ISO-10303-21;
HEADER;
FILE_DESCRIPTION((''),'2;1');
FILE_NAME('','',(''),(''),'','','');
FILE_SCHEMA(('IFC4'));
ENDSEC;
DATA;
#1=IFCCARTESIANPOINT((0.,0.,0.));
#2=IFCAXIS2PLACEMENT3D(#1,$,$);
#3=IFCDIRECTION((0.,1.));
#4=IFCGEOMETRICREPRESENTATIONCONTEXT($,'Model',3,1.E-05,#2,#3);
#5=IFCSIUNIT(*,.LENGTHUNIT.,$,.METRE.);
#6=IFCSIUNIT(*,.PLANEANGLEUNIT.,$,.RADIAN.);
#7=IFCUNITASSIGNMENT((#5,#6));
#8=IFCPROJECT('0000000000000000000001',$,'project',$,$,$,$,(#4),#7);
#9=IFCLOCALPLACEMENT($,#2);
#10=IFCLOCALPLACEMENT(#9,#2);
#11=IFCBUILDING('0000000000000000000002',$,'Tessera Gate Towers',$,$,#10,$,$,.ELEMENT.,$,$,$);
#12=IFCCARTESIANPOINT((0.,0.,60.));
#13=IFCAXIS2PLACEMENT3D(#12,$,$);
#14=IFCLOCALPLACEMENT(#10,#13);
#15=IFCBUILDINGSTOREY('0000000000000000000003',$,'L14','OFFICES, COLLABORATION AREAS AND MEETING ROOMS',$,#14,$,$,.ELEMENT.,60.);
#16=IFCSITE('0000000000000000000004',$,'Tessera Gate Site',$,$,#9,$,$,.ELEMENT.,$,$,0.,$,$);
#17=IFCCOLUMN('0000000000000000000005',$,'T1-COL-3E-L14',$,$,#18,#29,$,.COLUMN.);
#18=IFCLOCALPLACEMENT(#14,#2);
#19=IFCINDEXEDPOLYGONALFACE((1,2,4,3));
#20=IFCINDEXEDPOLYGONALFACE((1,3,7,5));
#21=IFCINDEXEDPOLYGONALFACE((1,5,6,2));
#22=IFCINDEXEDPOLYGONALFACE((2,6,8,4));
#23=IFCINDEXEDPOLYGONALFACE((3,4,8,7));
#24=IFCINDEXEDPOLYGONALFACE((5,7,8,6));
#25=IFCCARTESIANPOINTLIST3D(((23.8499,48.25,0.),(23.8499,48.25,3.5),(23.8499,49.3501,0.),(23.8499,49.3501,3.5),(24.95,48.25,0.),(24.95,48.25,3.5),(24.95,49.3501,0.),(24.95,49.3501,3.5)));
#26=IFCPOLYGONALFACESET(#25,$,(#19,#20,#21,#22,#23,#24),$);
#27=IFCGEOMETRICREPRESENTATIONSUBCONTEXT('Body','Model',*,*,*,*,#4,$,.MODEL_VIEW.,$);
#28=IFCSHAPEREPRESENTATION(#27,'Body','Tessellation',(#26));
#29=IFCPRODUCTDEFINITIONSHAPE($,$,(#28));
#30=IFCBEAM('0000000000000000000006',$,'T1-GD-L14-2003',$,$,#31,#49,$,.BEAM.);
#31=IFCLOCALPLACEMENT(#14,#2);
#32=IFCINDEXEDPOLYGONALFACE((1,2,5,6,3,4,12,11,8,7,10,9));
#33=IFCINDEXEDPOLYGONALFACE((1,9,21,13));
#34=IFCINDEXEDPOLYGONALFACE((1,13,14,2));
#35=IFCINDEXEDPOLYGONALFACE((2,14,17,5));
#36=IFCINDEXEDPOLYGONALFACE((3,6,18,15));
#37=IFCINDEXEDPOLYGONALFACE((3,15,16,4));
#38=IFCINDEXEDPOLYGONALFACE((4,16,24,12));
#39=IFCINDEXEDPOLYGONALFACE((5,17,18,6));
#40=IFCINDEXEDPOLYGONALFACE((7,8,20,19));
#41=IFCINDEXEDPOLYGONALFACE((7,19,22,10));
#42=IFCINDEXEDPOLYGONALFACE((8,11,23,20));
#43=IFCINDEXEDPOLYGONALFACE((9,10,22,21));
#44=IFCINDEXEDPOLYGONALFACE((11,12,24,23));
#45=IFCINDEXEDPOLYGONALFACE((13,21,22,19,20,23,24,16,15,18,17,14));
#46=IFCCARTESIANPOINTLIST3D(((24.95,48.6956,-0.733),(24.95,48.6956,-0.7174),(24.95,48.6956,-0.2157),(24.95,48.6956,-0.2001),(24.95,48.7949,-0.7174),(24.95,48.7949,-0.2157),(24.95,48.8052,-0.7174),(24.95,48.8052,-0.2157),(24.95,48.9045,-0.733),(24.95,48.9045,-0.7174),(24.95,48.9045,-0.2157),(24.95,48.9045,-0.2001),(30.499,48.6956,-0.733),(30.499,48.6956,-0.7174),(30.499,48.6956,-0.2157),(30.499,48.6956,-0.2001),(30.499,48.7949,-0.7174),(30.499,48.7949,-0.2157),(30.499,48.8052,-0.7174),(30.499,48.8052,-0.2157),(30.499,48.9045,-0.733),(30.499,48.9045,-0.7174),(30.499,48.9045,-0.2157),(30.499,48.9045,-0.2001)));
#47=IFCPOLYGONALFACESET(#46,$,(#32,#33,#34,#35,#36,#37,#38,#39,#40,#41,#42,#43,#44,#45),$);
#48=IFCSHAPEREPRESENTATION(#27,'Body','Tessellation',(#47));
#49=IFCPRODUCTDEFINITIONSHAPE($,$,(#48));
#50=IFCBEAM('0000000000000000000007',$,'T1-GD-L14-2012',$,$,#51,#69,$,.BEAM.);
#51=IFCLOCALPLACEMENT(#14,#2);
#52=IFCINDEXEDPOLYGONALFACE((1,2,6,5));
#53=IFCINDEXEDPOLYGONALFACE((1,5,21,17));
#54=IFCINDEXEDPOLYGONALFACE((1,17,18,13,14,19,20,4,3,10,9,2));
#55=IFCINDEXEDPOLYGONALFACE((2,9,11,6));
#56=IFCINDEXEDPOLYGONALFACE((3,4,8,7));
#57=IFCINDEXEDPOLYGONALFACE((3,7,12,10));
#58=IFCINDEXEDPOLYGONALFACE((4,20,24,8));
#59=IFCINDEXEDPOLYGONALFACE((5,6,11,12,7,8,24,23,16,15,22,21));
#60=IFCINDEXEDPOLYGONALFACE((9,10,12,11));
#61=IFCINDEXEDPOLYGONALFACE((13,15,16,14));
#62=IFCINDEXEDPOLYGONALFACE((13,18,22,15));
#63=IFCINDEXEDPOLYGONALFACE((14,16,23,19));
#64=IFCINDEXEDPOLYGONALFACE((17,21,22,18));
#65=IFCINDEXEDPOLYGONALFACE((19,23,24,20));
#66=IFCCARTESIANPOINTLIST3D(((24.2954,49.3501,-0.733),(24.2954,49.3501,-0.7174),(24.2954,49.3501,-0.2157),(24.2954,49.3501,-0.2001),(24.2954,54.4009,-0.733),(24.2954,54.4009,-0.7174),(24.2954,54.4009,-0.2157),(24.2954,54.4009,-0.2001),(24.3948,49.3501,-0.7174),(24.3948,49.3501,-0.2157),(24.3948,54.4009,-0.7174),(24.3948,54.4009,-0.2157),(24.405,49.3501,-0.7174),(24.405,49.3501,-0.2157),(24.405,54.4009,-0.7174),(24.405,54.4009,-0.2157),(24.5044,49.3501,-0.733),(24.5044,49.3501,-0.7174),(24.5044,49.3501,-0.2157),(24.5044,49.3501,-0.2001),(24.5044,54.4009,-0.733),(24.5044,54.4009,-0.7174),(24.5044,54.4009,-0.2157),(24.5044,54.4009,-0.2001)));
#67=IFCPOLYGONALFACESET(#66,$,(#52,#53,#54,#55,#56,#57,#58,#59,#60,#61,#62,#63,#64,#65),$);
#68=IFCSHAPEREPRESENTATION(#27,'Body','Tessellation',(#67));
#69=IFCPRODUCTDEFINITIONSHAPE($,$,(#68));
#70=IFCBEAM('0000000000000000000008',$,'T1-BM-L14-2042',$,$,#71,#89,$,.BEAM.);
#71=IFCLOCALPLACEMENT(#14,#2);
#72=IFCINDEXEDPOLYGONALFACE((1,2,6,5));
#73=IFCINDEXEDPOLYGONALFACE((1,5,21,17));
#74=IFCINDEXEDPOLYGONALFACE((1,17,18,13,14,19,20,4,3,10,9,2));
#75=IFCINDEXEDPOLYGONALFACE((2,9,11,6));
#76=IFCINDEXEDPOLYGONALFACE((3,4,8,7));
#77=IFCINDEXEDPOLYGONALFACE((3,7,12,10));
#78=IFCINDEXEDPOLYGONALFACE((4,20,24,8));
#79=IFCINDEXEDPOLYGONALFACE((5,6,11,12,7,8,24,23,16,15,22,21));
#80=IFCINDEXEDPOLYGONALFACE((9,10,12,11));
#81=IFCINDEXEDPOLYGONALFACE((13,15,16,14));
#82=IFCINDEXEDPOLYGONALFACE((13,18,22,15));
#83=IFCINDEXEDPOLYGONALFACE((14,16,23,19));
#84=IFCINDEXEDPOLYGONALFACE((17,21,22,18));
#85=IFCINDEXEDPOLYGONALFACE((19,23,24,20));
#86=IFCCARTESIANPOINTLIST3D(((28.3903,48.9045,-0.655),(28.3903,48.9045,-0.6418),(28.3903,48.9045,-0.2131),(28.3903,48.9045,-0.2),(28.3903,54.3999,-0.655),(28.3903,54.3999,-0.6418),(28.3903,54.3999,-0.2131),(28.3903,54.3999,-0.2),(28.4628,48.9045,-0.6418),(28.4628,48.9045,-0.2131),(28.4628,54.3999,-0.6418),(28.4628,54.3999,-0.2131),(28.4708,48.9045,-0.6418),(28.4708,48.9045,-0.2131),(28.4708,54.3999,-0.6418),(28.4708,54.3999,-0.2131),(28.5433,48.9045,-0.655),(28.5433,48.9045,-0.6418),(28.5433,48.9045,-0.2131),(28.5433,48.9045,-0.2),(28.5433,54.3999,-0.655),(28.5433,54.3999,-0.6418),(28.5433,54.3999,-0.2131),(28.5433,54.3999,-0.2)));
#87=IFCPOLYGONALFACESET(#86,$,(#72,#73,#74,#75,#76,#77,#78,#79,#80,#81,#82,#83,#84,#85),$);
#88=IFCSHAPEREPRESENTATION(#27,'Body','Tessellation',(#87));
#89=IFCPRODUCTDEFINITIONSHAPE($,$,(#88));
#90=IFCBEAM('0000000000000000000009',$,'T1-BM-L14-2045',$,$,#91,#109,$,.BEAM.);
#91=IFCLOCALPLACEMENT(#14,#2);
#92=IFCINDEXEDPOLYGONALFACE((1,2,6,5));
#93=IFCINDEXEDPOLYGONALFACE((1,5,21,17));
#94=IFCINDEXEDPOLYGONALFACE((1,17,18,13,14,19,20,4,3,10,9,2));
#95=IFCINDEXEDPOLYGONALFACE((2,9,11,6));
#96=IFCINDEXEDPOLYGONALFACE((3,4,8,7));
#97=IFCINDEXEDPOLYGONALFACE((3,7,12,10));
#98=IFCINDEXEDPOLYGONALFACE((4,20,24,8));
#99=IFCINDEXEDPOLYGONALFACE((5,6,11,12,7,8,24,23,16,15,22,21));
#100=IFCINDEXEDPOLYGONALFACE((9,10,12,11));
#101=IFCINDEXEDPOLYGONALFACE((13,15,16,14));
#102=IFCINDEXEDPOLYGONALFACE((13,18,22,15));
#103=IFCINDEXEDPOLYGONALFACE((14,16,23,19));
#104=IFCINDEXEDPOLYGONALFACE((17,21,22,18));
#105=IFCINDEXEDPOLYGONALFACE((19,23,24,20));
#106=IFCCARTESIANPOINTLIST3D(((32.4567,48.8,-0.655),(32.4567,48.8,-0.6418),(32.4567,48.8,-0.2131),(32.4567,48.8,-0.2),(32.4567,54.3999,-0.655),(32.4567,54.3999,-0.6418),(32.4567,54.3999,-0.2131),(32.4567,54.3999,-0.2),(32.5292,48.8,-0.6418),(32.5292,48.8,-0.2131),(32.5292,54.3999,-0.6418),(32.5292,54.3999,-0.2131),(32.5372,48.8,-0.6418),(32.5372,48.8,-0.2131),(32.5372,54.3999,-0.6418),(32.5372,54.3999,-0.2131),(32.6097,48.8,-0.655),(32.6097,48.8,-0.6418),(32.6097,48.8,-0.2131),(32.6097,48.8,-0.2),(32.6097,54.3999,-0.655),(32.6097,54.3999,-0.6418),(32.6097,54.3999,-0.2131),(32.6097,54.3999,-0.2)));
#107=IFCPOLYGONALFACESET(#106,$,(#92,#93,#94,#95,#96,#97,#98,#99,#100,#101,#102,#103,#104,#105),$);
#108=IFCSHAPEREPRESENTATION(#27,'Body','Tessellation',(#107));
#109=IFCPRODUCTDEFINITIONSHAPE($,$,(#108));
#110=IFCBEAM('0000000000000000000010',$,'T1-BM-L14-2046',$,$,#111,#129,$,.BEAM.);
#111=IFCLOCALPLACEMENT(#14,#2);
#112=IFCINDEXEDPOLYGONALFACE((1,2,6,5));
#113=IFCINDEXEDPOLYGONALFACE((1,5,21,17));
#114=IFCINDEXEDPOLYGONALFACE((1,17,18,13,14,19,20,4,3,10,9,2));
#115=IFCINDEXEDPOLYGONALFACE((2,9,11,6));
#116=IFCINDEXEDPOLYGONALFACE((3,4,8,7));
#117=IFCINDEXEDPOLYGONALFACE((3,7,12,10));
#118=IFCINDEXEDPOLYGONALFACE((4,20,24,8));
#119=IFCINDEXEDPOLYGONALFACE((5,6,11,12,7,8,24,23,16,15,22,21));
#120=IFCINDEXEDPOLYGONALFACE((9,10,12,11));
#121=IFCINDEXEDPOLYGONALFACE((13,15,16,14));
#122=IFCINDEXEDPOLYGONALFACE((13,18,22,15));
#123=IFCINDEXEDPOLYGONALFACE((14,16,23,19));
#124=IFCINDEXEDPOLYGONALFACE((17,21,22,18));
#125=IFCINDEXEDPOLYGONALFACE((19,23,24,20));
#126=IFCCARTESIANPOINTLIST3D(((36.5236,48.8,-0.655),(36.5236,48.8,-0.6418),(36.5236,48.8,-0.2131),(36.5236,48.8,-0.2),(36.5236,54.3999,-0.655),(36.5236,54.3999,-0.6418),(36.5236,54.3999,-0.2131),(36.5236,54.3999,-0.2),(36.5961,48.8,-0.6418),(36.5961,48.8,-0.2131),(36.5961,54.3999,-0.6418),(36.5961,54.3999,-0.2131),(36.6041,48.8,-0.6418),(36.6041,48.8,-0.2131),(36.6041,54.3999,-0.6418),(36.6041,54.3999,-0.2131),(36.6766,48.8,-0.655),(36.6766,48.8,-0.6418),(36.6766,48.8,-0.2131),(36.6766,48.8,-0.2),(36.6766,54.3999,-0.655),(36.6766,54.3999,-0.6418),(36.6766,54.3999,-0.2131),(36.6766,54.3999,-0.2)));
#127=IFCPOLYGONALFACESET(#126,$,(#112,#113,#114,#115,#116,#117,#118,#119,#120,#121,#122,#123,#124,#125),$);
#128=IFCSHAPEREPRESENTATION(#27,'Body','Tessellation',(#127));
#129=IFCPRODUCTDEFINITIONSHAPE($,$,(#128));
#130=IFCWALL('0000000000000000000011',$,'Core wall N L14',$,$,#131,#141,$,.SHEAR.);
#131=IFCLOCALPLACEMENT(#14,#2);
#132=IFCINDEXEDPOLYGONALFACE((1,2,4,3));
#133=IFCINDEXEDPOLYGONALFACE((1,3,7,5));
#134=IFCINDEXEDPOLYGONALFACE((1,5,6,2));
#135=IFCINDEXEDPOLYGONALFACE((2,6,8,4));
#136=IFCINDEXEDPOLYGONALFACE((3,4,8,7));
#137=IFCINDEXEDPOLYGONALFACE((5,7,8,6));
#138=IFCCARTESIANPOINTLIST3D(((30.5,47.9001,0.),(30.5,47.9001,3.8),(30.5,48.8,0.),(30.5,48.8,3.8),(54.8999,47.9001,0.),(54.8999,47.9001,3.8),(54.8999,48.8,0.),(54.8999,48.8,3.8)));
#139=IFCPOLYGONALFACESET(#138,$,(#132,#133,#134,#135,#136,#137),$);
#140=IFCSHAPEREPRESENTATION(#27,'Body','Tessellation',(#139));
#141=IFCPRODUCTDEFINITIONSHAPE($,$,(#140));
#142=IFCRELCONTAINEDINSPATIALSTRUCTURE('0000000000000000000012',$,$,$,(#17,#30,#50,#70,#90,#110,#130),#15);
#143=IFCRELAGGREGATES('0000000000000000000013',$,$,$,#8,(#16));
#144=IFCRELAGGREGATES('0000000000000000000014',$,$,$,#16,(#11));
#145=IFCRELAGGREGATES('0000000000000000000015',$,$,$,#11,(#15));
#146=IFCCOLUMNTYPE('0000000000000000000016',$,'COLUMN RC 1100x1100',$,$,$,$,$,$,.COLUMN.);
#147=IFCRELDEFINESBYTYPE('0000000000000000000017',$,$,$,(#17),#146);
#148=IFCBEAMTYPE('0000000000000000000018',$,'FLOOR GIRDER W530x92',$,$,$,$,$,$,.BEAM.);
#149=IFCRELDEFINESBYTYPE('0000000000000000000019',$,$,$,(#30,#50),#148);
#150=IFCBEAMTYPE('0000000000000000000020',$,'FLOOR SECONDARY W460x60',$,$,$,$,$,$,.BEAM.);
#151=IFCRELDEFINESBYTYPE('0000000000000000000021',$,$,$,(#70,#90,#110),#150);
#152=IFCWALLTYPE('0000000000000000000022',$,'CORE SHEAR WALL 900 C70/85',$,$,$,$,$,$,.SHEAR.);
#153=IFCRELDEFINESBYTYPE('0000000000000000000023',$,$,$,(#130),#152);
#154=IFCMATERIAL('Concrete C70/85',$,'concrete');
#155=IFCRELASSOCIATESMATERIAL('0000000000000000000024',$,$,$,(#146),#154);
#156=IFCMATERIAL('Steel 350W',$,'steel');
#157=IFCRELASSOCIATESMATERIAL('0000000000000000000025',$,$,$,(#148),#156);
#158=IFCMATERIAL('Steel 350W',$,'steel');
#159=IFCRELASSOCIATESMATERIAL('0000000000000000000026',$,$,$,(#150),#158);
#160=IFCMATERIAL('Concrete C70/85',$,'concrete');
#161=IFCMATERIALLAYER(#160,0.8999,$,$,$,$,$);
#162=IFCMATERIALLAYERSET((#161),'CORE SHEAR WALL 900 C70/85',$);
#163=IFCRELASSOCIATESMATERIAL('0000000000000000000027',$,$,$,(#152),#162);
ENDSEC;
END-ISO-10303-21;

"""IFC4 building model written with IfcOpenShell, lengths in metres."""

from ifc_helpers import new_model, si_unit, direction, frame, frame_2d, origin, origin_2d, place, context, subcontext, project, spatial, rectangle, i_section, extrude, material, layer, layer_set, material_profile, profile_set, type_object, element, save


model = new_model("IFC4")

# Units and contexts
model_context = context("Model", 3, precision=1e-05, world=origin(), true_north=direction((0.0, 1.0)))
body_context = subcontext(model_context, "Body", "Model", "MODEL_VIEW")
ifc_project = project(units=[si_unit("LENGTHUNIT", "METRE"), si_unit("PLANEANGLEUNIT", "RADIAN")], contexts=[model_context])

# Site, building, storey
site_placement = place(None, origin())
site = spatial("IfcSite", under=ifc_project, at=site_placement, Name="Tessera Gate Site", CompositionType="ELEMENT", RefElevation=0.0)
building_placement = place(site_placement, origin())
building = spatial("IfcBuilding", under=site, at=building_placement, Name="Tessera Gate Towers", CompositionType="ELEMENT")
storey_placement = place(building_placement, frame((0.0, 0.0, 60.0)))
storey = spatial("IfcBuildingStorey", under=building, at=storey_placement, Name="L14", Description="OFFICES, COLLABORATION AREAS AND MEETING ROOMS", CompositionType="ELEMENT", Elevation=60.0)

# Column
ifc_material_1 = material(Name="Concrete C70/85", Category="concrete")
ifc_material_profile_1 = material_profile(ifc_material_1, rectangle(XDim=1.1001, YDim=1.1001, at=origin_2d()), Name="RC 1100x1100")
ifc_profile_set_1 = profile_set([ifc_material_profile_1], Name="Concrete C70/85")
column_type = type_object("IfcColumnType", Name="COLUMN RC 1100x1100", PredefinedType="COLUMN", material=ifc_profile_set_1)
column_placement = place(storey_placement, frame((24.3999, 48.8, 0.0), z_axis=(0.0, 0.0, 1.0), x_axis=(1.0, 0.0, 0.0)))
element("IfcColumn", 1, at=column_placement, inside=storey, type_object=column_type, Name="T1-COL-3E-L14", PredefinedType="COLUMN", context=body_context, shape_type="SweptSolid", body=[
    extrude(rectangle(XDim=1.1001, YDim=1.1001, at=origin_2d()), origin(), (0.0, 0.0, 1.0), 3.5),
])

# Beams
ifc_material_2 = material(Name="Steel 350W", Category="steel")
ifc_material_profile_2 = material_profile(ifc_material_2, i_section(OverallWidth=0.209, OverallDepth=0.533, WebThickness=0.0103, FlangeThickness=0.0156, at=origin_2d()), Name="W530x92")
ifc_profile_set_2 = profile_set([ifc_material_profile_2], Name="Steel 350W")
beam_type_1 = type_object("IfcBeamType", Name="FLOOR GIRDER W530x92", PredefinedType="BEAM", material=ifc_profile_set_2)
beam_1_placement = place(storey_placement, frame((24.95, 48.8, -0.4666), z_axis=(1.0, 0.0, 0.0), x_axis=(0.0, 1.0, 0.0)))
element("IfcBeam", 2, at=beam_1_placement, inside=storey, type_object=beam_type_1, Name="T1-GD-L14-2003", PredefinedType="BEAM", context=body_context, shape_type="SweptSolid", body=[
    extrude(i_section(OverallWidth=0.209, OverallDepth=0.533, WebThickness=0.0103, FlangeThickness=0.0156, at=origin_2d()), origin(), (0.0, 0.0, 1.0), 5.5491),
])
beam_2_placement = place(storey_placement, frame((24.3999, 49.3501, -0.4666), z_axis=(0.0, 1.0, 0.0), x_axis=(-1.0, 0.0, 0.0)))
element("IfcBeam", 3, at=beam_2_placement, inside=storey, type_object=beam_type_1, Name="T1-GD-L14-2012", PredefinedType="BEAM", context=body_context, shape_type="SweptSolid", body=[
    extrude(i_section(OverallWidth=0.209, OverallDepth=0.533, WebThickness=0.0103, FlangeThickness=0.0156, at=origin_2d()), origin(), (0.0, 0.0, 1.0), 5.0508),
])
ifc_material_3 = material(Name="Steel 350W", Category="steel")
ifc_material_profile_3 = material_profile(ifc_material_3, i_section(OverallWidth=0.1531, OverallDepth=0.4551, WebThickness=0.0081, FlangeThickness=0.0132, at=origin_2d()), Name="W460x60")
ifc_profile_set_3 = profile_set([ifc_material_profile_3], Name="Steel 350W")
beam_type_2 = type_object("IfcBeamType", Name="FLOOR SECONDARY W460x60", PredefinedType="BEAM", material=ifc_profile_set_3)
beam_3_placement = place(storey_placement, frame((28.4668, 48.9045, -0.4275), z_axis=(0.0, 1.0, 0.0), x_axis=(-1.0, 0.0, 0.0)))
element("IfcBeam", 4, at=beam_3_placement, inside=storey, type_object=beam_type_2, Name="T1-BM-L14-2042", PredefinedType="BEAM", context=body_context, shape_type="SweptSolid", body=[
    extrude(i_section(OverallWidth=0.1531, OverallDepth=0.4551, WebThickness=0.0081, FlangeThickness=0.0132, at=origin_2d()), origin(), (0.0, 0.0, 1.0), 5.4954),
])
for number, where, z_axis, x_axis, name in (
    (5, (32.5332, 48.8, -0.4275), (0.0, 1.0, 0.0), (-1.0, 0.0, 0.0), "T1-BM-L14-2045"),
    (6, (36.6001, 48.8, -0.4275), (0.0, 1.0, 0.0), (-1.0, 0.0, 0.0), "T1-BM-L14-2046"),
):
    element("IfcBeam", number, at=place(storey_placement, frame(where, z_axis=z_axis, x_axis=x_axis)), inside=storey, type_object=beam_type_2, Name=name, PredefinedType="BEAM", context=body_context, shape_type="SweptSolid", body=[
        extrude(i_section(OverallWidth=0.1531, OverallDepth=0.4551, WebThickness=0.0081, FlangeThickness=0.0132, at=origin_2d()), origin(), (0.0, 0.0, 1.0), 5.5999),
    ])

# Wall
ifc_material_4 = material(Name="Concrete C70/85", Category="concrete")
ifc_layer_1 = layer(ifc_material_4, 0.8999)
ifc_layer_set_1 = layer_set([ifc_layer_1], Name="CORE SHEAR WALL 900 C70/85")
wall_type_1 = type_object("IfcWallType", Name="CORE SHEAR WALL 900 C70/85", PredefinedType="SHEAR", material=ifc_layer_set_1)
wall_1_placement = place(storey_placement, frame((30.5, 48.3501, 0.0), z_axis=(0.0, 0.0, 1.0), x_axis=(1.0, 0.0, 0.0)))
element("IfcWall", 7, at=wall_1_placement, inside=storey, type_object=wall_type_1, Name="Core wall N L14", PredefinedType="SHEAR", context=body_context, shape_type="SweptSolid", body=[
    extrude(rectangle(XDim=24.3999, YDim=0.8999, at=frame_2d((12.2, 0.0))), origin(), (0.0, 0.0, 1.0), 3.8),
])

save(model, "model.ifc")
